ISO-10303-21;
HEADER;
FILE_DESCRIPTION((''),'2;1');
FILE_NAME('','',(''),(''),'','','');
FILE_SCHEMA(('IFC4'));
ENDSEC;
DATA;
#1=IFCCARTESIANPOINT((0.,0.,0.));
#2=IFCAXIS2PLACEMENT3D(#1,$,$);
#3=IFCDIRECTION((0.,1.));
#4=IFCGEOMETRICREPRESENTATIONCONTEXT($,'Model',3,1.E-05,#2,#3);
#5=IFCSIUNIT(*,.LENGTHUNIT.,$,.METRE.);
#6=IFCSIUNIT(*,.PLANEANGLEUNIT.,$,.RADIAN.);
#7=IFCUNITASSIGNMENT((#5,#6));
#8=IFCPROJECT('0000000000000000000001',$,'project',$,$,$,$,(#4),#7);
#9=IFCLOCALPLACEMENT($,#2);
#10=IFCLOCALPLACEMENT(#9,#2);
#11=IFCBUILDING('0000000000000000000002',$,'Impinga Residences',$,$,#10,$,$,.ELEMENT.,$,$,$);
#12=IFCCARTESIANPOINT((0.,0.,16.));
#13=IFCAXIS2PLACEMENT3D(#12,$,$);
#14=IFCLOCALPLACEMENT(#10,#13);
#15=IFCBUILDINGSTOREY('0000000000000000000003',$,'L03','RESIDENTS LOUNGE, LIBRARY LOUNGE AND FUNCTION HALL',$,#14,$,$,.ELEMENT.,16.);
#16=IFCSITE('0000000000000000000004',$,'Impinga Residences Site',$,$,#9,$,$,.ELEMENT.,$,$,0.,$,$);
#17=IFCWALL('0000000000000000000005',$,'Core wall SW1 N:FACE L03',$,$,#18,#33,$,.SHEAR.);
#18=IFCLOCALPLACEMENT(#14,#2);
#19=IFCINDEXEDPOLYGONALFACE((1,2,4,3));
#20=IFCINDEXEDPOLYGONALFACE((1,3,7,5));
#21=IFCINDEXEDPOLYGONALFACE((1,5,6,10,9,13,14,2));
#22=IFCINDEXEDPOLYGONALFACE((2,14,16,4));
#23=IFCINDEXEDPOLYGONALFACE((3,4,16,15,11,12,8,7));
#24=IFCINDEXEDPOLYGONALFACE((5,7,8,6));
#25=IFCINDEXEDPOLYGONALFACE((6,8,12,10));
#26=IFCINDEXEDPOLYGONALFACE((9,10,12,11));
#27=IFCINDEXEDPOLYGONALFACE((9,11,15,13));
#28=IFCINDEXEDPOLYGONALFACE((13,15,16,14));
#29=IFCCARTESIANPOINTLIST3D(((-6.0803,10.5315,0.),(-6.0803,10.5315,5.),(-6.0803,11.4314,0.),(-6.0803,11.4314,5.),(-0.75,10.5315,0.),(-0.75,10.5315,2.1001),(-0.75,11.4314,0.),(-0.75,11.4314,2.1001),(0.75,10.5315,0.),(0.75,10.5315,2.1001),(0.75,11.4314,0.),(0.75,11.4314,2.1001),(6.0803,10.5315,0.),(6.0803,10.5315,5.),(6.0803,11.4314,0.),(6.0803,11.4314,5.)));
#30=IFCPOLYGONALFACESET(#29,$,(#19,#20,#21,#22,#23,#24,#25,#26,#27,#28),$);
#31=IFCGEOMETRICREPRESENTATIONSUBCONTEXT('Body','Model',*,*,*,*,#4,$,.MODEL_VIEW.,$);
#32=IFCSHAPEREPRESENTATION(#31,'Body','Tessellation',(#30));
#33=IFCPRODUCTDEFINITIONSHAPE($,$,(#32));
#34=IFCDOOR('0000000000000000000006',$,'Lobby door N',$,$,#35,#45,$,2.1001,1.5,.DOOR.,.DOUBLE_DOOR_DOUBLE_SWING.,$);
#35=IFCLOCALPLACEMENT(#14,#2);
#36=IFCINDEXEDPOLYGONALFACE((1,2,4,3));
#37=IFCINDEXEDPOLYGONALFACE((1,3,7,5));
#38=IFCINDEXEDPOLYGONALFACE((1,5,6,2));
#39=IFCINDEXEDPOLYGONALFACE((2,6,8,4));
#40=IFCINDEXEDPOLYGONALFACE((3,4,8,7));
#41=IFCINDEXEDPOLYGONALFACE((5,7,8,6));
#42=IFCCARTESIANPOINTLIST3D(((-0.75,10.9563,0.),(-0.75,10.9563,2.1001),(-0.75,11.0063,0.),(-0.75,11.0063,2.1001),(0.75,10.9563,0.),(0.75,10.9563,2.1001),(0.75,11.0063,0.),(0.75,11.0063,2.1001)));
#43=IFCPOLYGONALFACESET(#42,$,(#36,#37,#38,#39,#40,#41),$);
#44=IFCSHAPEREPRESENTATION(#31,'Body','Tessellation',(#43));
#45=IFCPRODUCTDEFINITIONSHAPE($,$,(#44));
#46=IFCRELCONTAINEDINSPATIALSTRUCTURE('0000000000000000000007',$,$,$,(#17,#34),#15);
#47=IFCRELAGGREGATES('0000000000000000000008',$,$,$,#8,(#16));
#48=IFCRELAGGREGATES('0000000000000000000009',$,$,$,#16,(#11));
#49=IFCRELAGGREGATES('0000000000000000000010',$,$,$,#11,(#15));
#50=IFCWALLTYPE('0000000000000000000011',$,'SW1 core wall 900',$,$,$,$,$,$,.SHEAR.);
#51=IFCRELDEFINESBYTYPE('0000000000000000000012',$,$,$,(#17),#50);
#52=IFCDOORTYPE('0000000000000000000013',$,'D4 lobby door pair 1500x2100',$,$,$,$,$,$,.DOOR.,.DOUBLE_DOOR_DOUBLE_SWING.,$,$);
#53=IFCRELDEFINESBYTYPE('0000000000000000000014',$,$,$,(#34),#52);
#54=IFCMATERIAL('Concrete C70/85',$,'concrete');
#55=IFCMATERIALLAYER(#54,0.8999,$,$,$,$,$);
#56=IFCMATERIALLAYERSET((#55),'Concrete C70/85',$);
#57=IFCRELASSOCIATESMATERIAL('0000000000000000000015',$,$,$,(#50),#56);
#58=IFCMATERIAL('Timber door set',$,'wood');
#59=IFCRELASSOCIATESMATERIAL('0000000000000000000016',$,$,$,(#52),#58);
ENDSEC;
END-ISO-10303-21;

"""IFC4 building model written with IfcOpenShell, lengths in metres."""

from ifc_helpers import new_model, si_unit, direction, frame, frame_2d, origin, place, context, subcontext, project, spatial, rectangle, extrude, material, layer, layer_set, type_object, element, fill, save


model = new_model("IFC4")

# Units and contexts
model_context = context("Model", 3, precision=1e-05, world=origin(), true_north=direction((0.0, 1.0)))
body_context = subcontext(model_context, "Body", "Model", "MODEL_VIEW")
ifc_project = project(units=[si_unit("LENGTHUNIT", "METRE"), si_unit("PLANEANGLEUNIT", "RADIAN")], contexts=[model_context])

# Site, building, storey
site_placement = place(None, origin())
site = spatial("IfcSite", under=ifc_project, at=site_placement, Name="Impinga Residences Site", CompositionType="ELEMENT", RefElevation=0.0)
building_placement = place(site_placement, origin())
building = spatial("IfcBuilding", under=site, at=building_placement, Name="Impinga Residences", CompositionType="ELEMENT")
storey_placement = place(building_placement, frame((0.0, 0.0, 16.0)))
storey = spatial("IfcBuildingStorey", under=building, at=storey_placement, Name="L03", Description="RESIDENTS LOUNGE, LIBRARY LOUNGE AND FUNCTION HALL", CompositionType="ELEMENT", Elevation=16.0)

# Shared definitions
ifc_material_1 = material(Name="Concrete C70/85", Category="concrete")

# Shared definitions
ifc_material_2 = material(Name="Timber door set", Category="wood")

# Wall, opening, door
ifc_layer_1 = layer(ifc_material_1, 0.8999)
ifc_layer_set_1 = layer_set([ifc_layer_1], Name="Concrete C70/85")
wall_type_1 = type_object("IfcWallType", Name="SW1 core wall 900", PredefinedType="SHEAR", material=ifc_layer_set_1)
wall_1_placement = place(storey_placement, frame((-6.0803, 10.9814, 0.0), z_axis=(0.0, 0.0, 1.0), x_axis=(1.0, 0.0, 0.0)))
wall_1 = element("IfcWall", 1, at=wall_1_placement, inside=storey, type_object=wall_type_1, Name="Core wall SW1 N:FACE L03", PredefinedType="SHEAR", context=body_context, shape_type="SweptSolid", body=[
    extrude(rectangle(XDim=12.1606, YDim=0.8999, at=frame_2d((6.0803, 0.0))), origin(), (0.0, 0.0, 1.0), 5.0),
])
opening_1_placement = place(wall_1_placement, frame((5.3303, 0.0, 0.0)))
opening_1 = element("IfcOpeningElement", 2, at=opening_1_placement, cuts=wall_1, PredefinedType="OPENING", context=body_context, shape_type="SweptSolid", body=[
    extrude(rectangle(XDim=1.5, YDim=2.1001, at=frame_2d((0.75, 1.05))), frame((0.0, 0.46, 0.0), z_axis=(0.0, -1.0, 0.0), x_axis=(1.0, 0.0, 0.0)), (0.0, 0.0, 1.0), 0.9199),
])
door_type_1 = type_object("IfcDoorType", Name="D4 lobby door pair 1500x2100", OperationType="DOUBLE_DOOR_DOUBLE_SWING", PredefinedType="DOOR", material=ifc_material_2)
door_1_placement = place(opening_1_placement, origin())
door_1 = element("IfcDoor", 3, at=door_1_placement, inside=storey, type_object=door_type_1, Name="Lobby door N", OperationType="DOUBLE_DOOR_DOUBLE_SWING", OverallHeight=2.1001, OverallWidth=1.5, PredefinedType="DOOR", context=body_context, shape_type="SweptSolid", body=[
    extrude(rectangle(XDim=1.5, YDim=2.1001, at=frame_2d((0.75, 1.05))), frame((0.0, 0.0249, 0.0), z_axis=(0.0, -1.0, 0.0), x_axis=(1.0, 0.0, 0.0)), (0.0, 0.0, 1.0), 0.05),
])
fill(opening_1, door_1)

save(model, "model.ifc")
